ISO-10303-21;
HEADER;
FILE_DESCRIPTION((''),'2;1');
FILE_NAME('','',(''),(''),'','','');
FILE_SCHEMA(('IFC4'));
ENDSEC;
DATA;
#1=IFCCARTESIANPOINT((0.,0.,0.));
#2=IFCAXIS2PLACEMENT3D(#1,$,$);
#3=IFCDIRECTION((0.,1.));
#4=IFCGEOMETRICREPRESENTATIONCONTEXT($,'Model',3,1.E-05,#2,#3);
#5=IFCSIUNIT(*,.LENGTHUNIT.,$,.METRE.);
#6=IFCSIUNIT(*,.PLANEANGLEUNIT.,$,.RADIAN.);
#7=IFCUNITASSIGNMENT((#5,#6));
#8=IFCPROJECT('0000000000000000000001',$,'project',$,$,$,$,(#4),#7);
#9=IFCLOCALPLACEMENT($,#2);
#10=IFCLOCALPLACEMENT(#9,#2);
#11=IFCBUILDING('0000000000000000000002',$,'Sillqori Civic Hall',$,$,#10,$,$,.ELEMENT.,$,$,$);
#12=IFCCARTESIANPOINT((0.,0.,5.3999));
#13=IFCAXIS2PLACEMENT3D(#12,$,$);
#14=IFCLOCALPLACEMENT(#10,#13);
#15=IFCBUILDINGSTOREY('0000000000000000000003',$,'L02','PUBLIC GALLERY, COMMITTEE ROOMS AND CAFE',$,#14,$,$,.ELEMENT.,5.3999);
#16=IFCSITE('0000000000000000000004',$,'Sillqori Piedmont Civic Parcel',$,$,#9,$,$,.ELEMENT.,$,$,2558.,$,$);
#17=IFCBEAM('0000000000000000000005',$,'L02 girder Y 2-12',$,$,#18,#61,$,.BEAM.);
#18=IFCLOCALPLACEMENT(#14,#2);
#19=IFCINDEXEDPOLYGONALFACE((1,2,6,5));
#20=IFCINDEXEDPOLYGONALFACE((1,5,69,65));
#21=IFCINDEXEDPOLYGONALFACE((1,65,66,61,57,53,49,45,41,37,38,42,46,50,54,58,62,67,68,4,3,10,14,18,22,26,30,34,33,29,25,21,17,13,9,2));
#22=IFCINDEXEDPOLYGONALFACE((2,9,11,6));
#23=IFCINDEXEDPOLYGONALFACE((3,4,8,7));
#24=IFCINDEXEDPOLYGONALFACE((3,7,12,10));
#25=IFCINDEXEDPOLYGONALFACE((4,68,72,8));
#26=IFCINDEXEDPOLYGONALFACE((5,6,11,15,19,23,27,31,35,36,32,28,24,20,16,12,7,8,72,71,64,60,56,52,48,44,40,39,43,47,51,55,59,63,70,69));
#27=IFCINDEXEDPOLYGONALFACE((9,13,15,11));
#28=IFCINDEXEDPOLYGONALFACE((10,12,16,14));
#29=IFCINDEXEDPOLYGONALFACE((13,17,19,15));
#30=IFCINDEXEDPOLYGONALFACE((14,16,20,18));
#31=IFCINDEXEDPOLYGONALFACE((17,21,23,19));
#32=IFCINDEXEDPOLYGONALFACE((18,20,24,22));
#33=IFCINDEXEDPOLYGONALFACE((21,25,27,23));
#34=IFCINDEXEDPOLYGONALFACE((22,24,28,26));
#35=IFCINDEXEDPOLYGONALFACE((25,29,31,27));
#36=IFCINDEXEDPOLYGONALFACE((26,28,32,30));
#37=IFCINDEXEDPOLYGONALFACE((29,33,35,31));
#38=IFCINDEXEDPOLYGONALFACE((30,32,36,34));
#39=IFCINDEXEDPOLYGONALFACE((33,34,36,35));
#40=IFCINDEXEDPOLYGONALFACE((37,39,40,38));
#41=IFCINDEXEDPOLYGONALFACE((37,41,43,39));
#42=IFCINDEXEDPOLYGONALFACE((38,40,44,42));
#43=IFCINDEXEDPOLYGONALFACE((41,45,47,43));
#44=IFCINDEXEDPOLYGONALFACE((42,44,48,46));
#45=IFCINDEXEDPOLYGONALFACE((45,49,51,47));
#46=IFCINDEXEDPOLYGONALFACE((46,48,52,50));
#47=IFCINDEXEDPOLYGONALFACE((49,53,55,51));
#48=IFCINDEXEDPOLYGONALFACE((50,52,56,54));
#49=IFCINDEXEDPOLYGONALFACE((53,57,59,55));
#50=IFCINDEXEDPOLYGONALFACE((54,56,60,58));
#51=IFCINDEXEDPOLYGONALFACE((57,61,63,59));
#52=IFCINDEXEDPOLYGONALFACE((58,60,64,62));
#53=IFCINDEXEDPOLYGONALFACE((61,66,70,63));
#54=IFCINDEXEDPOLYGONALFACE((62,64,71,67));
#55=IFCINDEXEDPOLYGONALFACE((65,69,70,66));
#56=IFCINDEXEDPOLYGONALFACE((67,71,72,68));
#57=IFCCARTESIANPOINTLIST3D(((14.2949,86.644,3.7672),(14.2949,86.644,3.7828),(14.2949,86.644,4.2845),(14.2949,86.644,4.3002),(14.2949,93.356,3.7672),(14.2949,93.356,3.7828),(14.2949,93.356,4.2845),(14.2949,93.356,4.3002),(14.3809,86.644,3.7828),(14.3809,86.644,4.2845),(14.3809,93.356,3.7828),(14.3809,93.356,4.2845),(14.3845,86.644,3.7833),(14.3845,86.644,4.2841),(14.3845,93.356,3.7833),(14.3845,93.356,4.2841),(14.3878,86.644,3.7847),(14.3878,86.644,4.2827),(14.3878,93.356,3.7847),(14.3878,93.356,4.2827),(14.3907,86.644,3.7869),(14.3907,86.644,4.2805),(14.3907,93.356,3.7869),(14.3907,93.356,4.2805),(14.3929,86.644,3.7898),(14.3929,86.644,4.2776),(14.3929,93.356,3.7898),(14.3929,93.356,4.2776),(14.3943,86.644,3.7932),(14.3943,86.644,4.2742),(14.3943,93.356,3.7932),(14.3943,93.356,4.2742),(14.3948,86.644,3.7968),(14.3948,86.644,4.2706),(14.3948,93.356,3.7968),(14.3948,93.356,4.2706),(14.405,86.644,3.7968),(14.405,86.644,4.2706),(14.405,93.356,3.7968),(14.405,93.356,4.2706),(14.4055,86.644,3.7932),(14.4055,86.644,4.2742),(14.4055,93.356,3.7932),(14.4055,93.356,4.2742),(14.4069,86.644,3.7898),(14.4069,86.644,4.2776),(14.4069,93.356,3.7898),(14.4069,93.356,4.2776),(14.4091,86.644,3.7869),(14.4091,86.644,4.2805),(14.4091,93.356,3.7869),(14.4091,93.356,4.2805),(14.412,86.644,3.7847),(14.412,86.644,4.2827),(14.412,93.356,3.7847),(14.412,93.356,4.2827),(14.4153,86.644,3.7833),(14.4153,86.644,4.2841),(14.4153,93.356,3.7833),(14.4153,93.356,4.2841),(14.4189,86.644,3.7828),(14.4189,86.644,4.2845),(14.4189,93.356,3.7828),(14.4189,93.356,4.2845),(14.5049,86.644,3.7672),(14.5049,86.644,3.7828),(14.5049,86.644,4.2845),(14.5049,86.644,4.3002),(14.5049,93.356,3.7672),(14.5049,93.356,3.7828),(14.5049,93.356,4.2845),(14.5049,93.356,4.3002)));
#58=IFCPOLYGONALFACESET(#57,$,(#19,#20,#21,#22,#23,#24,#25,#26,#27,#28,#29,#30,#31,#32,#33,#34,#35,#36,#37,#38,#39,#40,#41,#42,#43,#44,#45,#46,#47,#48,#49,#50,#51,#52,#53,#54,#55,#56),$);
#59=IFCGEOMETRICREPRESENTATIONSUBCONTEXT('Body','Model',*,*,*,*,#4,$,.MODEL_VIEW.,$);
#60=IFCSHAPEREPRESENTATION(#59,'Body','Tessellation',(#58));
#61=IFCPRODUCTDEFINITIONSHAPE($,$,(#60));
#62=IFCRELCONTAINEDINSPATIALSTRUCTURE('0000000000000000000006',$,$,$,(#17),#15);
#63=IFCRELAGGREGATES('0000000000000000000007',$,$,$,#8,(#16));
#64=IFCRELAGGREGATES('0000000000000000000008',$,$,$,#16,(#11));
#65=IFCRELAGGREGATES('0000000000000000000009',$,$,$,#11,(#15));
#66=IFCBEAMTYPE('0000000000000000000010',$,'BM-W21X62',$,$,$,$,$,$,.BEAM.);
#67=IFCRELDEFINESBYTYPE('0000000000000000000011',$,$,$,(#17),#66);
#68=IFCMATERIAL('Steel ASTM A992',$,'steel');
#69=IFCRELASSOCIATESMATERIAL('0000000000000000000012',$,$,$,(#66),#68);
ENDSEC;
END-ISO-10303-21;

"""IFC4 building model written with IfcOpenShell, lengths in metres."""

from ifc_helpers import new_model, si_unit, direction, frame, origin, origin_2d, place, context, subcontext, project, spatial, i_section, extrude, material, material_profile, profile_set, type_object, element, save


model = new_model("IFC4")

# Units and contexts
model_context = context("Model", 3, precision=1e-05, world=origin(), true_north=direction((0.0, 1.0)))
body_context = subcontext(model_context, "Body", "Model", "MODEL_VIEW")
ifc_project = project(units=[si_unit("LENGTHUNIT", "METRE"), si_unit("PLANEANGLEUNIT", "RADIAN")], contexts=[model_context])

# Site, building, storey
site_placement = place(None, origin())
site = spatial("IfcSite", under=ifc_project, at=site_placement, Name="Sillqori Piedmont Civic Parcel", CompositionType="ELEMENT", RefElevation=2558.0)
building_placement = place(site_placement, origin())
building = spatial("IfcBuilding", under=site, at=building_placement, Name="Sillqori Civic Hall", CompositionType="ELEMENT")
storey_placement = place(building_placement, frame((0.0, 0.0, 5.3999)))
storey = spatial("IfcBuildingStorey", under=building, at=storey_placement, Name="L02", Description="PUBLIC GALLERY, COMMITTEE ROOMS AND CAFE", CompositionType="ELEMENT", Elevation=5.3999)

# Beam
ifc_material_1 = material(Name="Steel ASTM A992", Category="steel")
ifc_material_profile_1 = material_profile(ifc_material_1, i_section(OverallWidth=0.21, OverallDepth=0.533, WebThickness=0.0103, FlangeThickness=0.0156, FilletRadius=0.0139, at=origin_2d()), Name="W21X62")
ifc_profile_set_1 = profile_set([ifc_material_profile_1], Name="Steel ASTM A992")
beam_type = type_object("IfcBeamType", Name="BM-W21X62", PredefinedType="BEAM", material=ifc_profile_set_1)
beam_placement = place(storey_placement, frame((14.3999, 86.644, 4.0337), z_axis=(0.0, 1.0, 0.0), x_axis=(-1.0, 0.0, 0.0)))
element("IfcBeam", 1, at=beam_placement, inside=storey, type_object=beam_type, Name="L02 girder Y 2-12", PredefinedType="BEAM", context=body_context, shape_type="SweptSolid", body=[
    extrude(i_section(OverallWidth=0.21, OverallDepth=0.533, WebThickness=0.0103, FlangeThickness=0.0156, FilletRadius=0.0139, at=origin_2d()), origin(), (0.0, 0.0, 1.0), 6.7119),
])

save(model, "model.ifc")
